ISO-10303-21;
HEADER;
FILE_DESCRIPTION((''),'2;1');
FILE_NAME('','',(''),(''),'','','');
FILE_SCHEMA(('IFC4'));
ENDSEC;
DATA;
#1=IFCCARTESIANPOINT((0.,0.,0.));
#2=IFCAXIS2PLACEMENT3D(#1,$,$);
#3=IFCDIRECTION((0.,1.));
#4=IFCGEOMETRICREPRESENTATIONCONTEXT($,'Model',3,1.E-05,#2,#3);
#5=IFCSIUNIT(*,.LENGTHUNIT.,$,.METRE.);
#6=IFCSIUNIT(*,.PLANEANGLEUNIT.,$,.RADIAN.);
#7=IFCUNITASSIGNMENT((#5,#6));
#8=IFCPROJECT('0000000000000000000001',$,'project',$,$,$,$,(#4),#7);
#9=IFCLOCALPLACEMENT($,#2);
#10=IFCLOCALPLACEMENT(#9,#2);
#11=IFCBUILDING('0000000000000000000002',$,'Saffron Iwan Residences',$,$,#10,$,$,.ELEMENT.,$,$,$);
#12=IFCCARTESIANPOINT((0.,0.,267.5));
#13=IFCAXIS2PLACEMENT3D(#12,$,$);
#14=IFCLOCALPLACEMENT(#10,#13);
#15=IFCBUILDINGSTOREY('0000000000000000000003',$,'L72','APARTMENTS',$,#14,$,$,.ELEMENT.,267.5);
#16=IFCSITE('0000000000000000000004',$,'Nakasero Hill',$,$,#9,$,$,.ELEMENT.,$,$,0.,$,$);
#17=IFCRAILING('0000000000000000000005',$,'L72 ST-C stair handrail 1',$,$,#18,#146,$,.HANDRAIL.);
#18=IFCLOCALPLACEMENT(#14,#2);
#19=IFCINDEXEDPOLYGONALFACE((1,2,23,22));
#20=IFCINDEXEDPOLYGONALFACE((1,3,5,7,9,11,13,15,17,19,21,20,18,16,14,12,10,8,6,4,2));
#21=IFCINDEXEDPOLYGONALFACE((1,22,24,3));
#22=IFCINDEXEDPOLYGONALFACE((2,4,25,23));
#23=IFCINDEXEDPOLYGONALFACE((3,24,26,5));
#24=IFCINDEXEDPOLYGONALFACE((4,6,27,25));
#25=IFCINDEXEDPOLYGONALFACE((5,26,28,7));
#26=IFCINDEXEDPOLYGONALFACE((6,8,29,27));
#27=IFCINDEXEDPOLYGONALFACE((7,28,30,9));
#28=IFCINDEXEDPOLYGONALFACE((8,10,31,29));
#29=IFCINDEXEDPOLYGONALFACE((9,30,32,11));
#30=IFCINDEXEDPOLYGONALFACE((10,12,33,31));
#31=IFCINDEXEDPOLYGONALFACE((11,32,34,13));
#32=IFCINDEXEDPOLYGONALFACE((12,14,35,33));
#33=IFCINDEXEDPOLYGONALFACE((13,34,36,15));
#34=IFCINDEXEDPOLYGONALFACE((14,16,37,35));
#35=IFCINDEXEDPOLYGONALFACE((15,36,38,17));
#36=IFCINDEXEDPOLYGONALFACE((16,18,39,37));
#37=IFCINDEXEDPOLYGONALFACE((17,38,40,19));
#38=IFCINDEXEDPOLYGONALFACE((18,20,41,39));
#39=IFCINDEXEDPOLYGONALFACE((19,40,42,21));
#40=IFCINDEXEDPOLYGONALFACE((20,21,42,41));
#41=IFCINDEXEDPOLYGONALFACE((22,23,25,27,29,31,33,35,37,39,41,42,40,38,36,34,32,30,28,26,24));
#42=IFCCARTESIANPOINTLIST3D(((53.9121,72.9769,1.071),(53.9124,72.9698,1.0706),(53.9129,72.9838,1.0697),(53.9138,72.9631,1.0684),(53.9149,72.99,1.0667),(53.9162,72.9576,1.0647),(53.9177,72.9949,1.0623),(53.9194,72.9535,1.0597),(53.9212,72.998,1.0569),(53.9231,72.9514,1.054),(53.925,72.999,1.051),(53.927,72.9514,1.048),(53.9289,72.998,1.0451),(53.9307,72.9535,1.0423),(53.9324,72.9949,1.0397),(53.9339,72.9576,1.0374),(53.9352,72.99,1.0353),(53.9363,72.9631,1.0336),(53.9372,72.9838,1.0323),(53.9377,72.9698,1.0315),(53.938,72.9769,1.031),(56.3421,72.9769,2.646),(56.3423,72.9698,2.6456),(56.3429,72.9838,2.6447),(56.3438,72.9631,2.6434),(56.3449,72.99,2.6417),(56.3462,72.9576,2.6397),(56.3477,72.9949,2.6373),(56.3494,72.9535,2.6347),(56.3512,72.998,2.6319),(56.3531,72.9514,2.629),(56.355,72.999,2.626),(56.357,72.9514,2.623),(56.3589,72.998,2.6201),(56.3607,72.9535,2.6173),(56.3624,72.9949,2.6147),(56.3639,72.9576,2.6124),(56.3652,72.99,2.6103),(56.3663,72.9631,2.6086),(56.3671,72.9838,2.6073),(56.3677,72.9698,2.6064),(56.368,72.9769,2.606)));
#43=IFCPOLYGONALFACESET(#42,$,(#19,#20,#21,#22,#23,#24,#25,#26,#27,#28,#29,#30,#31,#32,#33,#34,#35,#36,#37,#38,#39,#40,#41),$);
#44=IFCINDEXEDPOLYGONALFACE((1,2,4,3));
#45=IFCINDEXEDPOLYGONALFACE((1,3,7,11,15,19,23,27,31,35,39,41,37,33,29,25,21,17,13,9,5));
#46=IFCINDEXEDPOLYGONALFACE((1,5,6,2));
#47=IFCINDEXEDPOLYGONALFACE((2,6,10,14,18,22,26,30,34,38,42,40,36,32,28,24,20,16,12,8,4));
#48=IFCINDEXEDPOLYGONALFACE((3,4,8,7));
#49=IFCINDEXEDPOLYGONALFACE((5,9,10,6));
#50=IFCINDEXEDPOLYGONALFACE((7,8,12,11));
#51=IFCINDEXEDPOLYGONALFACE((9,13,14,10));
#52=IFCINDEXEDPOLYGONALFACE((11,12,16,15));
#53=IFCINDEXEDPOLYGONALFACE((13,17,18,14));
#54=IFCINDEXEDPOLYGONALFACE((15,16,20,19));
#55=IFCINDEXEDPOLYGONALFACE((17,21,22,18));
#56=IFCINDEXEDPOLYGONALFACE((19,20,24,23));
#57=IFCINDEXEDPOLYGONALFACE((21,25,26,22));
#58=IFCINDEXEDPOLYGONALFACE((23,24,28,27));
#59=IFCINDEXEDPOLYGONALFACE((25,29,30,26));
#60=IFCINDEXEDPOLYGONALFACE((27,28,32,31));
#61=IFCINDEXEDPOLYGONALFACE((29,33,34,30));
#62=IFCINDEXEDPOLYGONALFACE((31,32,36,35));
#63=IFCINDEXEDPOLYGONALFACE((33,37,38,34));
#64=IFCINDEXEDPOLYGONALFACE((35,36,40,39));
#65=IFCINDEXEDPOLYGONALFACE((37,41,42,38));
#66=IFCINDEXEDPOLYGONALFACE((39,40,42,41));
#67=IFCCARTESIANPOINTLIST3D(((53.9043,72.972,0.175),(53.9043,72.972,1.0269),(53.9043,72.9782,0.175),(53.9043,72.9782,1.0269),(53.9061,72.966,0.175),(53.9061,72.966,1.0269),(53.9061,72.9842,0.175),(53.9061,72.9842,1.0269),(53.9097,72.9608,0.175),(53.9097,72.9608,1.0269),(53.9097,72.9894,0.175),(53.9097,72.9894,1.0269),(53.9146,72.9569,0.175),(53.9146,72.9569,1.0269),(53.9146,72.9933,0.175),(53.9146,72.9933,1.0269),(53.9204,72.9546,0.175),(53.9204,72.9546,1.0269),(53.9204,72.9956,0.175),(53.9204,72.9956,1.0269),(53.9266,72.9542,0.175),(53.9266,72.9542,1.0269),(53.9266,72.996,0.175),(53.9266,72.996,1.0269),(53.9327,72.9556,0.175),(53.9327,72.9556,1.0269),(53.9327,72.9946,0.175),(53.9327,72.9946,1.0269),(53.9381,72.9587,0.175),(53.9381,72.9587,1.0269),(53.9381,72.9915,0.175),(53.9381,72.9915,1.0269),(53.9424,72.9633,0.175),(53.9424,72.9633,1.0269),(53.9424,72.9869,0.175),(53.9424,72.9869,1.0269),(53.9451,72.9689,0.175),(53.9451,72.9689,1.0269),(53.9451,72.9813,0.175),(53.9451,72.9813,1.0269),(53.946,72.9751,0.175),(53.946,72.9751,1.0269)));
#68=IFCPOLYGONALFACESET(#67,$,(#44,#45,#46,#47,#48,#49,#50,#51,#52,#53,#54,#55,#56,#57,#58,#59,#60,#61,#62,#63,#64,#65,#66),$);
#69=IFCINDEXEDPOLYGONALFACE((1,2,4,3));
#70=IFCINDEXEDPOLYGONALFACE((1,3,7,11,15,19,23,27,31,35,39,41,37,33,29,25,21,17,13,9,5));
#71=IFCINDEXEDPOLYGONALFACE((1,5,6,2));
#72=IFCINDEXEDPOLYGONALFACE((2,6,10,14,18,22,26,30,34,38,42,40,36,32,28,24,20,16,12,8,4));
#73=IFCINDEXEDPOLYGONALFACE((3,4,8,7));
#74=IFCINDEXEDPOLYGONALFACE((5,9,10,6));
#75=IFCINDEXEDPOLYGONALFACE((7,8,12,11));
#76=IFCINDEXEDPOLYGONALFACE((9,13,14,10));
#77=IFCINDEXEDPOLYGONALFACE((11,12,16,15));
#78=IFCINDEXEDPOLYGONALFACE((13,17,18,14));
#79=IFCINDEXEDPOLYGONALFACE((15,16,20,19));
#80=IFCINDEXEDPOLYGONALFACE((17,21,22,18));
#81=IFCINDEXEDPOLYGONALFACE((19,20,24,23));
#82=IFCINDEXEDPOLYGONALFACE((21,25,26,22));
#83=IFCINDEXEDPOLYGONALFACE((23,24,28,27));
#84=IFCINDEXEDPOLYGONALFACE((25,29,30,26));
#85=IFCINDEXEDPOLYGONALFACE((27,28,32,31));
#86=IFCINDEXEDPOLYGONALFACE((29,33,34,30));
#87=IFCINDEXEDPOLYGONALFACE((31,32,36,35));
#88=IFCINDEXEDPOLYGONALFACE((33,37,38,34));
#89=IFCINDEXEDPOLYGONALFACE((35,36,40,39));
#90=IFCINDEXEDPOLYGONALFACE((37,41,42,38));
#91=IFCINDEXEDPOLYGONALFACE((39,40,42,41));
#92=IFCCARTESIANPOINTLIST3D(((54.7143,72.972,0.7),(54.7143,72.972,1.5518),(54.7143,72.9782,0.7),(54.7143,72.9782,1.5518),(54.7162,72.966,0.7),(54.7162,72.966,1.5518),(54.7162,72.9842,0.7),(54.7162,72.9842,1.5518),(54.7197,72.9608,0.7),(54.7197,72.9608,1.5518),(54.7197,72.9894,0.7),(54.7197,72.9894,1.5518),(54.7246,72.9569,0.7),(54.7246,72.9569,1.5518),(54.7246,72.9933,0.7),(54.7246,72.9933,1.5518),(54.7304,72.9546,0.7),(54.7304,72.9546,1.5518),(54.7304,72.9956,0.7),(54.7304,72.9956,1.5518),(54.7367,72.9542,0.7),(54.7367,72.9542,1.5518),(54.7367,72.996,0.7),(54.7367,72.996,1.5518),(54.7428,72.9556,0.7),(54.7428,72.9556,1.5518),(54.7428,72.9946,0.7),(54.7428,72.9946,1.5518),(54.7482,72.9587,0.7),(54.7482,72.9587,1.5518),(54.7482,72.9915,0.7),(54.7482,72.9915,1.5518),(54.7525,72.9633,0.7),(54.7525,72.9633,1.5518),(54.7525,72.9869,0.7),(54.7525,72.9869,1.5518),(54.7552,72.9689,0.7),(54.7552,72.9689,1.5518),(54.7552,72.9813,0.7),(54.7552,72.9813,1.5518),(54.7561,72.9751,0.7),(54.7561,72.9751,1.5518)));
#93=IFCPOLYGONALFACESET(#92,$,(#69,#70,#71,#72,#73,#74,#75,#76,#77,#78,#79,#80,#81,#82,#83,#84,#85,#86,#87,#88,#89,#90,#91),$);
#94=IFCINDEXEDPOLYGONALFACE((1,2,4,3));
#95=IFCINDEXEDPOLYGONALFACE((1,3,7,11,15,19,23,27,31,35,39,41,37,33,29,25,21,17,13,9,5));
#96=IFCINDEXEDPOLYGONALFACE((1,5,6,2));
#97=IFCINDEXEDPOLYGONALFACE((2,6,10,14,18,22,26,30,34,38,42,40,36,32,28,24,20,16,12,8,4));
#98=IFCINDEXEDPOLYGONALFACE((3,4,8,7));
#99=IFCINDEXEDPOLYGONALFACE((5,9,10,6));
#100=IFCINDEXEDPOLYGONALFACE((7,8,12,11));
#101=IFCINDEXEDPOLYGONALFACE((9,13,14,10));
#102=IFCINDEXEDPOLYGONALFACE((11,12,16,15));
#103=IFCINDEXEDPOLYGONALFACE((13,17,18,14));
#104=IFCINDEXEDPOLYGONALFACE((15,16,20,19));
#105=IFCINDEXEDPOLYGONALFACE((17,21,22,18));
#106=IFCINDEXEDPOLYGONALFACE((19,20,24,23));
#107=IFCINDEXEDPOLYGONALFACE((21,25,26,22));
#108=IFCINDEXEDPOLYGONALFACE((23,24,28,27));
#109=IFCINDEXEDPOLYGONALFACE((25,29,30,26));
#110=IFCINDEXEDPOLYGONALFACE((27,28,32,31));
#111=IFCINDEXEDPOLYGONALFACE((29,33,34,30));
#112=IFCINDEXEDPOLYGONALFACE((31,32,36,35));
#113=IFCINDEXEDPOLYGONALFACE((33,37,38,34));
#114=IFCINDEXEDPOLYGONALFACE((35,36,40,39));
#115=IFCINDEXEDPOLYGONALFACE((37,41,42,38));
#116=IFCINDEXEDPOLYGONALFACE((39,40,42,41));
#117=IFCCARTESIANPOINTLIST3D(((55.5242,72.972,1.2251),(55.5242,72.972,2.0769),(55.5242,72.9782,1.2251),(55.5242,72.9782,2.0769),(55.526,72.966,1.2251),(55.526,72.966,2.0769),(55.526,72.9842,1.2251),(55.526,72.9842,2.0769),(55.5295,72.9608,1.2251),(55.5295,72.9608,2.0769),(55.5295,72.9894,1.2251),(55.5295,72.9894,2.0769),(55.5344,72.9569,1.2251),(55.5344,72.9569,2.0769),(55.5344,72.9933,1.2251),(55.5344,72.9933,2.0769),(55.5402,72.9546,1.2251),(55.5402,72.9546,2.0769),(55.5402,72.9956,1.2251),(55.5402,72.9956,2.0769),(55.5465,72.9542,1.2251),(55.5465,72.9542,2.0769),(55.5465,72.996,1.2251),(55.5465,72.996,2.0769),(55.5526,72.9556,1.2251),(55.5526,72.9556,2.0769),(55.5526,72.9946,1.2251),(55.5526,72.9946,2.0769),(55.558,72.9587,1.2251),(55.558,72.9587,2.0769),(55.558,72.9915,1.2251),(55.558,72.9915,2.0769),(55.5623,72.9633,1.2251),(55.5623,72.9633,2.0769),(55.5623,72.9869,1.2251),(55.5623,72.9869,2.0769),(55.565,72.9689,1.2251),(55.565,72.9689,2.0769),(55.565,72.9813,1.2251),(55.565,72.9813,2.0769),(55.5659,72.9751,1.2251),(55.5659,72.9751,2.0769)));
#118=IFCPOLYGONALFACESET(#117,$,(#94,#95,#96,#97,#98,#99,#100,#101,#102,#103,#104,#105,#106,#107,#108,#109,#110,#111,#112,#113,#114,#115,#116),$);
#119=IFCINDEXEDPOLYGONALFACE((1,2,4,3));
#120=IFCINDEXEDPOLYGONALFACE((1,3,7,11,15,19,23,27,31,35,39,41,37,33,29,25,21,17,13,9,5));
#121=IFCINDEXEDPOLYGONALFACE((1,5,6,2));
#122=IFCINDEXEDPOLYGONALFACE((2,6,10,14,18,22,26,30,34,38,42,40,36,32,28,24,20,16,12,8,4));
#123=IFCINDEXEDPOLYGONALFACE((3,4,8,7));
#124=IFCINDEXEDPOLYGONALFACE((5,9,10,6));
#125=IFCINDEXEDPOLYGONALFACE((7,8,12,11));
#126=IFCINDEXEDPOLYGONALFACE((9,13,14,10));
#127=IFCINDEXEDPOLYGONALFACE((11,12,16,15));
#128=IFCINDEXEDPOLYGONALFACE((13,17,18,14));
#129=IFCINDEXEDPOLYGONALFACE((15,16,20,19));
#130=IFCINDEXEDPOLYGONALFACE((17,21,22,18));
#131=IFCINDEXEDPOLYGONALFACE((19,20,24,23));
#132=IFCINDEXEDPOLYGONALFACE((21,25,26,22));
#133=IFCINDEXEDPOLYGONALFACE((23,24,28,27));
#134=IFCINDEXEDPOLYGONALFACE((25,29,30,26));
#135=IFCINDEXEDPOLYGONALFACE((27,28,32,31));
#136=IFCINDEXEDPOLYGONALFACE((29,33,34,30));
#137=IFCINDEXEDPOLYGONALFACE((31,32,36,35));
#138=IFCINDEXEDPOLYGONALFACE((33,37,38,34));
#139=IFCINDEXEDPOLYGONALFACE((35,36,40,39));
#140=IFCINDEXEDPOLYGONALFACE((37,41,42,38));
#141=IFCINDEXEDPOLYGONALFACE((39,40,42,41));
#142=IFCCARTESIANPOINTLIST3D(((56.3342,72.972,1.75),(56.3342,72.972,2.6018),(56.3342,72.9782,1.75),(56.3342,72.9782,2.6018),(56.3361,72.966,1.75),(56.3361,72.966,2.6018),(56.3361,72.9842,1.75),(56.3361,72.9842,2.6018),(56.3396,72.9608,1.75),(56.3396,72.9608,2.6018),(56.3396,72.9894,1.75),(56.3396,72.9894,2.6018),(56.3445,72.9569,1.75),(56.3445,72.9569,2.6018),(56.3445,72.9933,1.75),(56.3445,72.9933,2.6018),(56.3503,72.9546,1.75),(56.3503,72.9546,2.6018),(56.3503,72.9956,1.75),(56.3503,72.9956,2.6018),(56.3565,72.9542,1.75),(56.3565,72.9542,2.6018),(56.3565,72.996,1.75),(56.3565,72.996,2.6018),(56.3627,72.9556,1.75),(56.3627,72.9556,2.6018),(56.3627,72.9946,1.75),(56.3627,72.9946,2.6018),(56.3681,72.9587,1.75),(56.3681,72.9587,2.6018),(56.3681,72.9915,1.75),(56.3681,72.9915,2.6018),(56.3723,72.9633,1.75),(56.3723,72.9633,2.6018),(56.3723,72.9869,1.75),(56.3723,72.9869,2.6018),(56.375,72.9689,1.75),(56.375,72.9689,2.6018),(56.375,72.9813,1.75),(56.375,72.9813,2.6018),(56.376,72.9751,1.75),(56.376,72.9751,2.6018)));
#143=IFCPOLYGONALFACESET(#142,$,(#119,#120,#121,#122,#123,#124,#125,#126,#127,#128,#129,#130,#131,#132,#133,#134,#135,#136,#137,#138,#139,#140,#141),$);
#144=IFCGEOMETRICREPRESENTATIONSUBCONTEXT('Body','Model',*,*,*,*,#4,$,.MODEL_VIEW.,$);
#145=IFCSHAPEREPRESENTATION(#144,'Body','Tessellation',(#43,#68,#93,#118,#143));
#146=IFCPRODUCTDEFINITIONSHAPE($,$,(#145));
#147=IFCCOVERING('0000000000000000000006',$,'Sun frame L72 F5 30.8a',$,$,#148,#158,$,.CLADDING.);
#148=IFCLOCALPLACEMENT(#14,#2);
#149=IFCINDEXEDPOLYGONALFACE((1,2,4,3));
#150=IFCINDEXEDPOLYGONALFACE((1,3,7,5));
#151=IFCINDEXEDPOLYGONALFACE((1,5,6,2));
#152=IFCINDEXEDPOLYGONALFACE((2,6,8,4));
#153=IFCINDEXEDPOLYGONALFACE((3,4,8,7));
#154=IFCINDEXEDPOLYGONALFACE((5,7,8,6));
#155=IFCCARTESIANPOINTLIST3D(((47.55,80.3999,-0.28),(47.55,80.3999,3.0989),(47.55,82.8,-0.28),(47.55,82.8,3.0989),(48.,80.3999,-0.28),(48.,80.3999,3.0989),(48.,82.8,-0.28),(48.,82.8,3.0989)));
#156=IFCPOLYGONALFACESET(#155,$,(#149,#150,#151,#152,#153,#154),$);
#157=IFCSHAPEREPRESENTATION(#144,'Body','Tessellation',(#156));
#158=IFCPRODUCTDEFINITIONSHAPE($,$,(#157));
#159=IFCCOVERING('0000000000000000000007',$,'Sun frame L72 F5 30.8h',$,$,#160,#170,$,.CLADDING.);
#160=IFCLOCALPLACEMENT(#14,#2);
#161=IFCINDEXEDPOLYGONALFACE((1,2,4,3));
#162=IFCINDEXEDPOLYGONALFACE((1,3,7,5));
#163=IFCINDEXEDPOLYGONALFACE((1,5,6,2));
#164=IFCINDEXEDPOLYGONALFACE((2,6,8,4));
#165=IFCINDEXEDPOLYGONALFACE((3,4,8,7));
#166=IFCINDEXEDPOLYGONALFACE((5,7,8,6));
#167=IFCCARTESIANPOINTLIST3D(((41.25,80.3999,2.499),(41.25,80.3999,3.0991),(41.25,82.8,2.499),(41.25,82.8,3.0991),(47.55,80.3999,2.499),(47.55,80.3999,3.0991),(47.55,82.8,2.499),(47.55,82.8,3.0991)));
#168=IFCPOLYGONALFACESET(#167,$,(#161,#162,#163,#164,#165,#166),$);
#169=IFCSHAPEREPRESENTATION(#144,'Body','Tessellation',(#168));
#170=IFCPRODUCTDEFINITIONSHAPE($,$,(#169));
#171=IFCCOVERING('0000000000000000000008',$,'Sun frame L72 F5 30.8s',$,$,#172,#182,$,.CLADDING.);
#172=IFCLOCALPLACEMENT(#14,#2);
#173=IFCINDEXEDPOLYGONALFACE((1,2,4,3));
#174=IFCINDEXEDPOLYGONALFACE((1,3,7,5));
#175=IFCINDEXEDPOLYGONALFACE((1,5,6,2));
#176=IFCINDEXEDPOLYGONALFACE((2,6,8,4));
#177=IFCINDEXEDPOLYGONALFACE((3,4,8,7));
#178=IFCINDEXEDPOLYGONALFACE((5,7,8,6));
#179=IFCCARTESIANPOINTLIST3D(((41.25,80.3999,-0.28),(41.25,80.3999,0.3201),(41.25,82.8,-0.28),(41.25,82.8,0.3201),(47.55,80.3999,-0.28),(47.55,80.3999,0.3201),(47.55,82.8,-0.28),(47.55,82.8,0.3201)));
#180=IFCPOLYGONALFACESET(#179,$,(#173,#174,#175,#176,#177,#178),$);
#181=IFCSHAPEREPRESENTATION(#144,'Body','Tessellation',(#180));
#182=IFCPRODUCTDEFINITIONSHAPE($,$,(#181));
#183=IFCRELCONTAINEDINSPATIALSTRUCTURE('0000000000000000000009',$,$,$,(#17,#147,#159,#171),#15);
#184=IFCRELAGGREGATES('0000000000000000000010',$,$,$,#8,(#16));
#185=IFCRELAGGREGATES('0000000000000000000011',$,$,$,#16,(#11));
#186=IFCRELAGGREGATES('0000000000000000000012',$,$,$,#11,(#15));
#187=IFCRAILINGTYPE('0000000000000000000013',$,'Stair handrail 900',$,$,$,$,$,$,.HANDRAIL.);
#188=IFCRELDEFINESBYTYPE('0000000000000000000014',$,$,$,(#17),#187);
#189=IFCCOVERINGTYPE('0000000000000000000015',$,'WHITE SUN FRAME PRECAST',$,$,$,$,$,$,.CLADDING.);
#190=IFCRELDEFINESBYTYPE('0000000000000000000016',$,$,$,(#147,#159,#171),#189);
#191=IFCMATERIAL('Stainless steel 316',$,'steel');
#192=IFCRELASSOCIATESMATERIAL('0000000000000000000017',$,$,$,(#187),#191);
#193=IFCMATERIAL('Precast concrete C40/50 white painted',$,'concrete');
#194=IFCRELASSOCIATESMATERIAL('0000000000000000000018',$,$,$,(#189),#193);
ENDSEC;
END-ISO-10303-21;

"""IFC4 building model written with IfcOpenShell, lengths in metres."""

from ifc_helpers import new_model, si_unit, direction, frame, origin, origin_2d, place, context, subcontext, project, spatial, polyline, circle, outline, extrude, material, type_object, element, save


model = new_model("IFC4")

# Units and contexts
model_context = context("Model", 3, precision=1e-05, world=origin(), true_north=direction((0.0, 1.0)))
body_context = subcontext(model_context, "Body", "Model", "MODEL_VIEW")
ifc_project = project(units=[si_unit("LENGTHUNIT", "METRE"), si_unit("PLANEANGLEUNIT", "RADIAN")], contexts=[model_context])

# Site, building, storey
site_placement = place(None, origin())
site = spatial("IfcSite", under=ifc_project, at=site_placement, Name="Nakasero Hill", CompositionType="ELEMENT", RefElevation=0.0)
building_placement = place(site_placement, origin())
building = spatial("IfcBuilding", under=site, at=building_placement, Name="Saffron Iwan Residences", CompositionType="ELEMENT")
storey_placement = place(building_placement, frame((0.0, 0.0, 267.5)))
storey = spatial("IfcBuildingStorey", under=building, at=storey_placement, Name="L72", Description="APARTMENTS", CompositionType="ELEMENT", Elevation=267.5)

# Railing
ifc_material_1 = material(Name="Stainless steel 316", Category="steel")
railing_type_1 = type_object("IfcRailingType", Name="Stair handrail 900", PredefinedType="HANDRAIL", material=ifc_material_1)
railing_1_placement = place(storey_placement, frame((53.925, 72.9751, 0.175)))
element("IfcRailing", 1, at=railing_1_placement, inside=storey, type_object=railing_type_1, Name="L72 ST-C stair handrail 1", PredefinedType="HANDRAIL", context=body_context, shape_type="SweptSolid", body=[
    extrude(circle(Radius=0.0239, at=origin_2d()), frame((0.0, 0.0, 0.876), z_axis=(0.839154, 0.0, 0.543894), x_axis=(0.0, 1.0, 0.0)), (0.0, 0.0, 1.0), 2.8958),
    extrude(circle(Radius=0.021, at=origin_2d()), origin(), (0.0, 0.0, 1.0), 0.8518),
    extrude(circle(Radius=0.021, at=origin_2d()), frame((0.8101, 0.0, 0.5249)), (0.0, 0.0, 1.0), 0.8518),
    extrude(circle(Radius=0.021, at=origin_2d()), frame((1.6199, 0.0, 1.05)), (0.0, 0.0, 1.0), 0.8518),
    extrude(circle(Radius=0.021, at=origin_2d()), frame((2.4299, 0.0, 1.575)), (0.0, 0.0, 1.0), 0.8518),
])

# Coverings
ifc_material_2 = material(Name="Precast concrete C40/50 white painted", Category="concrete")
covering_type_1 = type_object("IfcCoveringType", Name="WHITE SUN FRAME PRECAST", PredefinedType="CLADDING", material=ifc_material_2)
covering_1_placement = place(storey_placement, frame((48.0, 80.3999, -0.28), z_axis=(0.0, 1.0, 0.0), x_axis=(-1.0, 0.0, 0.0)))
element("IfcCovering", 2, at=covering_1_placement, inside=storey, type_object=covering_type_1, Name="Sun frame L72 F5 30.8a", PredefinedType="CLADDING", context=body_context, shape_type="SweptSolid", body=[
    extrude(outline(polyline([(0.0, 0.0), (0.45, 0.0), (0.45, 3.3789), (0.0, 3.3789), (0.0, 0.0)])), origin(), (0.0, 0.0, 1.0), 2.4001),
])
for number, where, z_axis, x_axis, name in (
    (3, (47.55, 80.3999, 2.499), (0.0, 1.0, 0.0), (-1.0, 0.0, 0.0), "Sun frame L72 F5 30.8h"),
    (4, (47.55, 80.3999, -0.28), (0.0, 1.0, 0.0), (-1.0, 0.0, 0.0), "Sun frame L72 F5 30.8s"),
):
    element("IfcCovering", number, at=place(storey_placement, frame(where, z_axis=z_axis, x_axis=x_axis)), inside=storey, type_object=covering_type_1, Name=name, PredefinedType="CLADDING", context=body_context, shape_type="SweptSolid", body=[
        extrude(outline(polyline([(0.0, 0.0), (6.3, 0.0), (6.3, 0.6001), (0.0, 0.6001), (0.0, 0.0)])), origin(), (0.0, 0.0, 1.0), 2.4001),
    ])

save(model, "model.ifc")
